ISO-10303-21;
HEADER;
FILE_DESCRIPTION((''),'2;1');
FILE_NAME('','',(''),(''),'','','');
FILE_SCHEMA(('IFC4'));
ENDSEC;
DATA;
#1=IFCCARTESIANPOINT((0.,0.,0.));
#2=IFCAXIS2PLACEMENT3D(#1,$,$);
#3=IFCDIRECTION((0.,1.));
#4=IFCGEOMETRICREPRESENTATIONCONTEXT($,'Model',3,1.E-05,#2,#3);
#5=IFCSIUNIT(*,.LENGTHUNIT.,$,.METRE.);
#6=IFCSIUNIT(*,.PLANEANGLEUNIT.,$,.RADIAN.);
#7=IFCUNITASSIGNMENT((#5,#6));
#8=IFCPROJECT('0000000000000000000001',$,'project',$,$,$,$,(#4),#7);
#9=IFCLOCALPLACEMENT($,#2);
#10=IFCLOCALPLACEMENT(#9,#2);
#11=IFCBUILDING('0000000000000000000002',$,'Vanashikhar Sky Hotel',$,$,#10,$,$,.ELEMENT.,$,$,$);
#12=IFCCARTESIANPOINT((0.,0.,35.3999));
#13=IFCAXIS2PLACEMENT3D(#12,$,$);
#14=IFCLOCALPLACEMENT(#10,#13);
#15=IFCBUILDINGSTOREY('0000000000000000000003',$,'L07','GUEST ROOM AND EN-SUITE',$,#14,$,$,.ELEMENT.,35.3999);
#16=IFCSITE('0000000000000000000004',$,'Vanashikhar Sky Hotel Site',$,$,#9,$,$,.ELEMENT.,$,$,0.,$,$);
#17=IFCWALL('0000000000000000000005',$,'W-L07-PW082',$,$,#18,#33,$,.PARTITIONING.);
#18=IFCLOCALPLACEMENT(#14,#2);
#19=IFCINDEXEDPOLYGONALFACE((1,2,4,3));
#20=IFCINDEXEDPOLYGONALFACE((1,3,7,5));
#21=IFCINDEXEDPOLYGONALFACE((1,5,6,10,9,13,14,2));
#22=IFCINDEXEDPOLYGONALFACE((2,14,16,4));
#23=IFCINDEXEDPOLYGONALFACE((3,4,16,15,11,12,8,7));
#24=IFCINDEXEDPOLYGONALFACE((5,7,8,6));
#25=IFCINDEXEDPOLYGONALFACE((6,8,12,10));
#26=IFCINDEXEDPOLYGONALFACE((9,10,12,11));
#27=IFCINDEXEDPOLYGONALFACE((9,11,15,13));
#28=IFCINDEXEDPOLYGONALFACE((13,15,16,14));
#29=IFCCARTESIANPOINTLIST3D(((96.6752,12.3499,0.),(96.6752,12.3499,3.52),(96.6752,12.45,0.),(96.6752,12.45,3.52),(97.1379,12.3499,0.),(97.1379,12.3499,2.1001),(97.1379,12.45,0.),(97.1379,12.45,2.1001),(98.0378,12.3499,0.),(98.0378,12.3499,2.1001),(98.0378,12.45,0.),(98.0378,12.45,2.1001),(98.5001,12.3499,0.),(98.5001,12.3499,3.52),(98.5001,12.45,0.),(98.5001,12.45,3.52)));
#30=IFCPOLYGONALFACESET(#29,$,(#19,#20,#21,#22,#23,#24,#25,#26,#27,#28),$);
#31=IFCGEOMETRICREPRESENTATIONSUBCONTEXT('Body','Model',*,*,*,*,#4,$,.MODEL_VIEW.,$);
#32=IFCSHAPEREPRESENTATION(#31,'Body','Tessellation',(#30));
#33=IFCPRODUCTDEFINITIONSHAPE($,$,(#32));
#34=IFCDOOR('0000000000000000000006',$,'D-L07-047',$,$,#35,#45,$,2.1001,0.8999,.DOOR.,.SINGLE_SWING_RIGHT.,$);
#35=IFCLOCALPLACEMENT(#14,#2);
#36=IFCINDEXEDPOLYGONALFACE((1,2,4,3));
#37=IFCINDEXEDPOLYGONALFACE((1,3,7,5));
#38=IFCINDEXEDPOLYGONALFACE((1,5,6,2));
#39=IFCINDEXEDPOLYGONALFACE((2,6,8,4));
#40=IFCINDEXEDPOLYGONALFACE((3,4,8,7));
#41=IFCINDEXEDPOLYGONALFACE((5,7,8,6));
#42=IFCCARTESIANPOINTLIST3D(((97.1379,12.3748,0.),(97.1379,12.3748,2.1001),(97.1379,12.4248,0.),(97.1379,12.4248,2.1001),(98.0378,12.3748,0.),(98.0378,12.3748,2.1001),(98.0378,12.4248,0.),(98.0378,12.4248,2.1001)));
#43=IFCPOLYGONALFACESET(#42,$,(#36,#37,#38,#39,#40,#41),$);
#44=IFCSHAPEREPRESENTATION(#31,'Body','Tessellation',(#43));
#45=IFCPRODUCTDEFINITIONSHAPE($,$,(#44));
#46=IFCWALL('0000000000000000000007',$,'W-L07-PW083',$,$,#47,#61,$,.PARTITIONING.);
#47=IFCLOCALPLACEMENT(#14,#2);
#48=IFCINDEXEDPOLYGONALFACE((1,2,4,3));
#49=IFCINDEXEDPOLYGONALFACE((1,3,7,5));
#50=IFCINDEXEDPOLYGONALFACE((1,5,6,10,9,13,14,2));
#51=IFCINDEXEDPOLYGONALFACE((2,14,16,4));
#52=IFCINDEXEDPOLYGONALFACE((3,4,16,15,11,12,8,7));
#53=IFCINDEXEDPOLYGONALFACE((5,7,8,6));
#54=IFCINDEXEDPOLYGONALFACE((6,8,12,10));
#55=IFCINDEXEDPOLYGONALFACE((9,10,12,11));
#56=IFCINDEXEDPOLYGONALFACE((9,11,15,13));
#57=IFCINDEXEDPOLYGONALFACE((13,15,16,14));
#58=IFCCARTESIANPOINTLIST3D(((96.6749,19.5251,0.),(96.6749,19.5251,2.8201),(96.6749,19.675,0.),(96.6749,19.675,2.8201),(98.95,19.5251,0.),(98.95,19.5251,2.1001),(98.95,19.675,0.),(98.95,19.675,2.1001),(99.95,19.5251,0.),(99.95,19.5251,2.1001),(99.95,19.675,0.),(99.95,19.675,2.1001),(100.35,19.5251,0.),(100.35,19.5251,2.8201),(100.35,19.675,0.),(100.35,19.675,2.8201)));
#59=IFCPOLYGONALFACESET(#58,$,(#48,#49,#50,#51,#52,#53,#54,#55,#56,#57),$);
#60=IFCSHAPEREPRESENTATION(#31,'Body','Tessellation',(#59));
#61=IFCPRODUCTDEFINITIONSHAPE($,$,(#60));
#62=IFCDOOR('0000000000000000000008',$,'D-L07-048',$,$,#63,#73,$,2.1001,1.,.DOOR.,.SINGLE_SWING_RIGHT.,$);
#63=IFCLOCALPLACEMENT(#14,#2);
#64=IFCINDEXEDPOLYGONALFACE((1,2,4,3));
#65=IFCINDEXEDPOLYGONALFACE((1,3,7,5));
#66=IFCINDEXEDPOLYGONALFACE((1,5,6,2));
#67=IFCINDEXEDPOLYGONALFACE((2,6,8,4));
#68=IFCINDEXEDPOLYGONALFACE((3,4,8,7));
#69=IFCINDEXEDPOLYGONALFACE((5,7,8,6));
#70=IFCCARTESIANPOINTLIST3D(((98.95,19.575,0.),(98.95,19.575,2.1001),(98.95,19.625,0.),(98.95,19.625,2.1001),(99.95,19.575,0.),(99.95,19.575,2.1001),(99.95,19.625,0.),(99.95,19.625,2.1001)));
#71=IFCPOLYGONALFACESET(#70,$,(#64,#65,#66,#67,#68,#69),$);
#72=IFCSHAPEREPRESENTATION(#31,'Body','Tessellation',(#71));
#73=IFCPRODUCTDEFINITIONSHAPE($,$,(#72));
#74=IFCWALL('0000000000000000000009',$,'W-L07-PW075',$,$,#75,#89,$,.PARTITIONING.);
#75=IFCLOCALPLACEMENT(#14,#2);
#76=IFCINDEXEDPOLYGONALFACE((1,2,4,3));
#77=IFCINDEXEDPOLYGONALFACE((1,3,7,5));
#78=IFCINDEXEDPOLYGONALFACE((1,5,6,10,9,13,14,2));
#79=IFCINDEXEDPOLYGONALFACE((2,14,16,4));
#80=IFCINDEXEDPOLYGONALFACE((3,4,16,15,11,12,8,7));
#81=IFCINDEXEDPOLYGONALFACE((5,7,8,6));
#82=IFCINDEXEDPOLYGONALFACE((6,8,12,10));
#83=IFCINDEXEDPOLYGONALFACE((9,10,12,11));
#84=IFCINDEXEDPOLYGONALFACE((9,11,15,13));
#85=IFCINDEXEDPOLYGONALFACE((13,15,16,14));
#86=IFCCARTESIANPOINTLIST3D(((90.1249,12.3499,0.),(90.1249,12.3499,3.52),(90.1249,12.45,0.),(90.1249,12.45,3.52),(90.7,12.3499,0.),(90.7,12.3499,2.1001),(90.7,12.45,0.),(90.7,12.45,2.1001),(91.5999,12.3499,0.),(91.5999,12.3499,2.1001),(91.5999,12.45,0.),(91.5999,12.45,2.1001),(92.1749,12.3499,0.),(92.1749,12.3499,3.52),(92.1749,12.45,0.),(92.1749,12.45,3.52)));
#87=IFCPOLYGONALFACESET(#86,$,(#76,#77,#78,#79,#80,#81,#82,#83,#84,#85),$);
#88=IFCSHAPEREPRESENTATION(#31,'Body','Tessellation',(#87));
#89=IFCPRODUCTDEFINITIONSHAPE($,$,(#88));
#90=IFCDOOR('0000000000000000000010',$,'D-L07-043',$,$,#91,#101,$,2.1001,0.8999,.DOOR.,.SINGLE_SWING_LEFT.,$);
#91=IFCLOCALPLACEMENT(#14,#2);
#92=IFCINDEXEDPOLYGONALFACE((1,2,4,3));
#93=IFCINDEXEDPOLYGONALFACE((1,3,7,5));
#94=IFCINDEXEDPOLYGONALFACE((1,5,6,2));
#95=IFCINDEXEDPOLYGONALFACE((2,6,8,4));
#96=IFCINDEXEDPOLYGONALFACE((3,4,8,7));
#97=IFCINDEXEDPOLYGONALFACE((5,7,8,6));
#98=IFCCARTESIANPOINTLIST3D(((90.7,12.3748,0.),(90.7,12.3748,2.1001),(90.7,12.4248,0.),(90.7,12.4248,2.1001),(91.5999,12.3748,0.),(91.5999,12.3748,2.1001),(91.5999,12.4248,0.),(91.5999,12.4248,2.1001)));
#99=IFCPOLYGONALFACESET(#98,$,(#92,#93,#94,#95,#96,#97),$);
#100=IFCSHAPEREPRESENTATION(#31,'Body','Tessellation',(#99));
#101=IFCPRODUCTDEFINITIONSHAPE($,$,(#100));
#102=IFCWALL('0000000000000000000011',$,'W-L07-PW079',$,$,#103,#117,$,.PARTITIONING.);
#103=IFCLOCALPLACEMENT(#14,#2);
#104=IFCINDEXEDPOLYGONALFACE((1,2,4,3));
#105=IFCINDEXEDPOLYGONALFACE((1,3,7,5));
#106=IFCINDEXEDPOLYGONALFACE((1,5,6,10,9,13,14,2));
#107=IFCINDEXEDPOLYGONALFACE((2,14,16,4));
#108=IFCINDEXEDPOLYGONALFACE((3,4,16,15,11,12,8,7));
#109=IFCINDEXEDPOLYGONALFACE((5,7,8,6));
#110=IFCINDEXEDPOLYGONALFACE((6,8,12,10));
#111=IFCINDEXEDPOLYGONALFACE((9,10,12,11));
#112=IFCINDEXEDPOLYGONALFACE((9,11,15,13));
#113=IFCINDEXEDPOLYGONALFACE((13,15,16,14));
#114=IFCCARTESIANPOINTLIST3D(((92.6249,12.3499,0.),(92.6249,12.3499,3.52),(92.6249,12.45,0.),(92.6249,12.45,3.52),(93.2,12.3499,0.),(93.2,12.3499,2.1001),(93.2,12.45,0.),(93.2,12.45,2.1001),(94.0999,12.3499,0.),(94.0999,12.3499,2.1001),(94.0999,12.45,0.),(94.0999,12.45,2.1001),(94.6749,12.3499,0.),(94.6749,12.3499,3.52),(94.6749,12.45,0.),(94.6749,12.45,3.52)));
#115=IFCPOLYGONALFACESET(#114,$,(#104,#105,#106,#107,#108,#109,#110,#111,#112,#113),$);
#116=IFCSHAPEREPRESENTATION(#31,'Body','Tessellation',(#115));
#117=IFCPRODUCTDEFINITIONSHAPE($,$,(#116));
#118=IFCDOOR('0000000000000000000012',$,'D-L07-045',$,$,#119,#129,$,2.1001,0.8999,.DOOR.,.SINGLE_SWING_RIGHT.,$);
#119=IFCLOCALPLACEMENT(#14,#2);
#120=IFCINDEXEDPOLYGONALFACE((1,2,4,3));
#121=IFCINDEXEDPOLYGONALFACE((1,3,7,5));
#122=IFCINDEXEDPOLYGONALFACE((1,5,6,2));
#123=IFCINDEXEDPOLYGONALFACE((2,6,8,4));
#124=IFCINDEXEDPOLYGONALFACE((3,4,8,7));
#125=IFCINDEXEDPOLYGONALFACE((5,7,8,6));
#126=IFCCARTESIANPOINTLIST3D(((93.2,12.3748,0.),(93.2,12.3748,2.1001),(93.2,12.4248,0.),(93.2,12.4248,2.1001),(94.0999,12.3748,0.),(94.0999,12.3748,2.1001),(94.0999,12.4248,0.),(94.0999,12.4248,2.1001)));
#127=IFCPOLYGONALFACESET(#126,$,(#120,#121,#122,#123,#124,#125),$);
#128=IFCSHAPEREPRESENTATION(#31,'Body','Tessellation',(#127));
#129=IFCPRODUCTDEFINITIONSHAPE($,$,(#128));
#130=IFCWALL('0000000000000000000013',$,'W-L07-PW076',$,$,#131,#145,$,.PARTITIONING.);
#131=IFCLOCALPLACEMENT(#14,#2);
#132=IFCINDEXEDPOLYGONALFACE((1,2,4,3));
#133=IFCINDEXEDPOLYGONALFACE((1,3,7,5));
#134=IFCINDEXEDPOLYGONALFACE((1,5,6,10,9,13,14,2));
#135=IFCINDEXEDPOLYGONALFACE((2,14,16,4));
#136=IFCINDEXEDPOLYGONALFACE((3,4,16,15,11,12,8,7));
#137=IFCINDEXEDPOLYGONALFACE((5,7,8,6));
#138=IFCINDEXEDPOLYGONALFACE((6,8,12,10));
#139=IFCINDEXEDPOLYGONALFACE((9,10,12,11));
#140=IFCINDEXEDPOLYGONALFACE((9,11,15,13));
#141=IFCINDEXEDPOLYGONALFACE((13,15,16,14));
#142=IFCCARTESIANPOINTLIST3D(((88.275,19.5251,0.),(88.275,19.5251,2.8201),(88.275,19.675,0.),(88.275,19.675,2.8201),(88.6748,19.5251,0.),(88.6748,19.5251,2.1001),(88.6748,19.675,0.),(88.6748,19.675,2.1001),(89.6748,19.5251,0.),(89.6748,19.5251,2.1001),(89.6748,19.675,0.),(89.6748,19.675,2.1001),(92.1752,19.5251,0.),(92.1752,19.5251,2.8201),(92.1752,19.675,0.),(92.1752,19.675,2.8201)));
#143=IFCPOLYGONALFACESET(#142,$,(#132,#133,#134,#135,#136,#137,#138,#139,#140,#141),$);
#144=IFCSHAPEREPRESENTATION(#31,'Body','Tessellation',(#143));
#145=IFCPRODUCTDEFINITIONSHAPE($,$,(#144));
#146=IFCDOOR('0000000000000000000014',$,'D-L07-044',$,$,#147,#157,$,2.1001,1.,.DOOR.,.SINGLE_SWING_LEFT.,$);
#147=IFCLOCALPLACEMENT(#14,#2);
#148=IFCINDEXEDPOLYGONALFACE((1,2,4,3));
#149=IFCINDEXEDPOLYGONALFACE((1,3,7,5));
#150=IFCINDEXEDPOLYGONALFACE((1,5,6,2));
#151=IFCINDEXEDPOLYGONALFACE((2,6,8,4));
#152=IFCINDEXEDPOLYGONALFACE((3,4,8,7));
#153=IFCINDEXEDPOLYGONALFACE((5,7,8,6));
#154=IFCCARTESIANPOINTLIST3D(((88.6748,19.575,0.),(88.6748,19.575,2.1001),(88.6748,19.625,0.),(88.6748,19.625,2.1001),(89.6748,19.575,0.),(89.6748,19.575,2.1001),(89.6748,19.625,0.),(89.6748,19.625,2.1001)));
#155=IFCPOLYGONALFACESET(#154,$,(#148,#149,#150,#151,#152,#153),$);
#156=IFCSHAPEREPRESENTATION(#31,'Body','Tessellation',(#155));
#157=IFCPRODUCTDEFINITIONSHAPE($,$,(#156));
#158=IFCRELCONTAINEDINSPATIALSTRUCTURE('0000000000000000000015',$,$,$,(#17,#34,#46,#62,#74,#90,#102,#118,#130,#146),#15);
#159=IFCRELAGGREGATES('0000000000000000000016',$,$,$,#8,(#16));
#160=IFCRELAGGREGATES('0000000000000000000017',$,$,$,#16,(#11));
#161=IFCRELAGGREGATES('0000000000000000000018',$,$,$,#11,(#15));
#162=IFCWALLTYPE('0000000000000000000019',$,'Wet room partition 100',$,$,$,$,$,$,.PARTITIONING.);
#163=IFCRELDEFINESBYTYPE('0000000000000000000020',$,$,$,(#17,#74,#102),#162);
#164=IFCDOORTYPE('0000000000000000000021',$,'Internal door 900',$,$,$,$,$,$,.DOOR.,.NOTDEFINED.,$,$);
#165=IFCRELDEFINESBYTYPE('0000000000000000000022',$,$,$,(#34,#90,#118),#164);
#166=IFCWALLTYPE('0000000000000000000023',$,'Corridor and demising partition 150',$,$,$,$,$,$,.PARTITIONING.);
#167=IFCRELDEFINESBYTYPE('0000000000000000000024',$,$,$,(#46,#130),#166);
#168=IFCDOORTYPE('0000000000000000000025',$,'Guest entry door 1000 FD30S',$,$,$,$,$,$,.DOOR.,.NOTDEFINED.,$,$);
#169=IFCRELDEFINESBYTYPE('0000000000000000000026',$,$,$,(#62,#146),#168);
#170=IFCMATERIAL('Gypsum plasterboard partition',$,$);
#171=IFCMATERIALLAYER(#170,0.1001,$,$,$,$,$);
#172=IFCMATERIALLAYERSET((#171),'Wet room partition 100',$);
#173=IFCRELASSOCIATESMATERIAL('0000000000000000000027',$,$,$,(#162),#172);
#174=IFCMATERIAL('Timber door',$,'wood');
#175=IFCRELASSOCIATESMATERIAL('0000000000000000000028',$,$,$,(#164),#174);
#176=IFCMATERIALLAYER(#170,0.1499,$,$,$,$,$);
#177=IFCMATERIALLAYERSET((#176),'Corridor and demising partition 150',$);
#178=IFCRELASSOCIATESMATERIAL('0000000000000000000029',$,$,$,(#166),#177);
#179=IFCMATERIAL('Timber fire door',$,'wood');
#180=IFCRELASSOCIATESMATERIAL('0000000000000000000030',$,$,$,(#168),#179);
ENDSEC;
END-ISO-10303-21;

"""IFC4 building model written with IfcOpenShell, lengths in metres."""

from ifc_helpers import new_model, si_unit, direction, frame, frame_2d, origin, place, context, subcontext, project, spatial, rectangle, extrude, source, transform, mapped, material, layer, layer_set, type_object, element, fill, save


model = new_model("IFC4")

# Units and contexts
model_context = context("Model", 3, precision=1e-05, world=origin(), true_north=direction((0.0, 1.0)))
body_context = subcontext(model_context, "Body", "Model", "MODEL_VIEW")
ifc_project = project(units=[si_unit("LENGTHUNIT", "METRE"), si_unit("PLANEANGLEUNIT", "RADIAN")], contexts=[model_context])

# Site, building, storey
site_placement = place(None, origin())
site = spatial("IfcSite", under=ifc_project, at=site_placement, Name="Vanashikhar Sky Hotel Site", CompositionType="ELEMENT", RefElevation=0.0)
building_placement = place(site_placement, origin())
building = spatial("IfcBuilding", under=site, at=building_placement, Name="Vanashikhar Sky Hotel", CompositionType="ELEMENT")
storey_placement = place(building_placement, frame((0.0, 0.0, 35.3999)))
storey = spatial("IfcBuildingStorey", under=building, at=storey_placement, Name="L07", Description="GUEST ROOM AND EN-SUITE", CompositionType="ELEMENT", Elevation=35.3999)

# Shared definitions
ifc_material_1 = material(Name="Gypsum plasterboard partition")
ifc_layer_1 = layer(ifc_material_1, 0.1001)
ifc_layer_set_1 = layer_set([ifc_layer_1], Name="Wet room partition 100")
wall_type_1 = type_object("IfcWallType", Name="Wet room partition 100", PredefinedType="PARTITIONING", material=ifc_layer_set_1)

# Walls, openings, doors
shared_shape_1 = source(origin(), body_context, "Body", "SweptSolid", [
    extrude(rectangle(XDim=1.825, YDim=0.1001, at=frame_2d((0.9126, 0.0))), origin(), (0.0, 0.0, 1.0), 3.52),
])
wall_1_placement = place(storey_placement, frame((96.675, 12.3999, 0.0), z_axis=(0.0, 0.0, 1.0), x_axis=(1.0, 0.0, 0.0)))
wall_1 = element("IfcWall", 1, at=wall_1_placement, inside=storey, type_object=wall_type_1, Name="W-L07-PW082", PredefinedType="PARTITIONING", context=body_context, shape_type="MappedRepresentation", body=[
    mapped(shared_shape_1, transform((0.0, 0.0, 0.0), scale=1.0)),
])
shared_shape_2 = source(origin(), body_context, "Body", "SweptSolid", [
    extrude(rectangle(XDim=0.8999, YDim=2.1001, at=frame_2d((0.45, 1.05))), frame((0.0, 0.0601, 0.0), z_axis=(0.0, -1.0, 0.0), x_axis=(1.0, 0.0, 0.0)), (0.0, 0.0, 1.0), 0.1201),
])
opening_1_placement = place(wall_1_placement, frame((0.4629, 0.0, 0.0)))
opening_1 = element("IfcOpeningElement", 2, at=opening_1_placement, cuts=wall_1, PredefinedType="OPENING", context=body_context, shape_type="MappedRepresentation", body=[
    mapped(shared_shape_2, transform((0.0, 0.0, 0.0), scale=1.0)),
])
ifc_material_2 = material(Name="Timber door", Category="wood")
door_type_1 = type_object("IfcDoorType", Name="Internal door 900", OperationType="NOTDEFINED", PredefinedType="DOOR", material=ifc_material_2)
shared_shape_3 = source(origin(), body_context, "Body", "SweptSolid", [
    extrude(rectangle(XDim=0.8999, YDim=2.1001, at=frame_2d((0.45, 1.05))), frame((0.0, 0.0249, 0.0), z_axis=(0.0, -1.0, 0.0), x_axis=(1.0, 0.0, 0.0)), (0.0, 0.0, 1.0), 0.05),
])
door_1_placement = place(opening_1_placement, origin())
door_1 = element("IfcDoor", 3, at=door_1_placement, inside=storey, type_object=door_type_1, Name="D-L07-047", OperationType="SINGLE_SWING_RIGHT", OverallHeight=2.1001, OverallWidth=0.8999, PredefinedType="DOOR", context=body_context, shape_type="MappedRepresentation", body=[
    mapped(shared_shape_3, transform((0.0, 0.0, 0.0), scale=1.0)),
])
fill(opening_1, door_1)
ifc_layer_2 = layer(ifc_material_1, 0.1499)
ifc_layer_set_2 = layer_set([ifc_layer_2], Name="Corridor and demising partition 150")
wall_type_2 = type_object("IfcWallType", Name="Corridor and demising partition 150", PredefinedType="PARTITIONING", material=ifc_layer_set_2)
shared_shape_4 = source(origin(), body_context, "Body", "SweptSolid", [
    extrude(rectangle(XDim=3.675, YDim=0.1499, at=frame_2d((1.8374, 0.0))), origin(), (0.0, 0.0, 1.0), 2.8201),
])
wall_2_placement = place(storey_placement, frame((96.675, 19.6001, 0.0), z_axis=(0.0, 0.0, 1.0), x_axis=(1.0, 0.0, 0.0)))
wall_2 = element("IfcWall", 4, at=wall_2_placement, inside=storey, type_object=wall_type_2, Name="W-L07-PW083", PredefinedType="PARTITIONING", context=body_context, shape_type="MappedRepresentation", body=[
    mapped(shared_shape_4, transform((0.0, 0.0, 0.0), scale=1.0)),
])
shared_shape_5 = source(origin(), body_context, "Body", "SweptSolid", [
    extrude(rectangle(XDim=1.0, YDim=2.1001, at=frame_2d((0.5, 1.05))), frame((0.0, 0.085, 0.0), z_axis=(0.0, -1.0, 0.0), x_axis=(1.0, 0.0, 0.0)), (0.0, 0.0, 1.0), 0.1699),
])
opening_2_placement = place(wall_2_placement, frame((2.2749, 0.0, 0.0)))
opening_2 = element("IfcOpeningElement", 5, at=opening_2_placement, cuts=wall_2, PredefinedType="OPENING", context=body_context, shape_type="MappedRepresentation", body=[
    mapped(shared_shape_5, transform((0.0, 0.0, 0.0), scale=1.0)),
])
ifc_material_3 = material(Name="Timber fire door", Category="wood")
door_type_2 = type_object("IfcDoorType", Name="Guest entry door 1000 FD30S", OperationType="NOTDEFINED", PredefinedType="DOOR", material=ifc_material_3)
shared_shape_6 = source(origin(), body_context, "Body", "SweptSolid", [
    extrude(rectangle(XDim=1.0, YDim=2.1001, at=frame_2d((0.5, 1.05))), frame((0.0, 0.0249, 0.0), z_axis=(0.0, -1.0, 0.0), x_axis=(1.0, 0.0, 0.0)), (0.0, 0.0, 1.0), 0.05),
])
door_2_placement = place(opening_2_placement, origin())
door_2 = element("IfcDoor", 6, at=door_2_placement, inside=storey, type_object=door_type_2, Name="D-L07-048", OperationType="SINGLE_SWING_RIGHT", OverallHeight=2.1001, OverallWidth=1.0, PredefinedType="DOOR", context=body_context, shape_type="MappedRepresentation", body=[
    mapped(shared_shape_6, transform((0.0, 0.0, 0.0), scale=1.0)),
])
fill(opening_2, door_2)
shared_shape_7 = source(origin(), body_context, "Body", "SweptSolid", [
    extrude(rectangle(XDim=2.05, YDim=0.1001, at=frame_2d((1.0249, 0.0))), origin(), (0.0, 0.0, 1.0), 3.52),
])
wall_3_placement = place(storey_placement, frame((90.125, 12.3999, 0.0), z_axis=(0.0, 0.0, 1.0), x_axis=(1.0, 0.0, 0.0)))
wall_3 = element("IfcWall", 7, at=wall_3_placement, inside=storey, type_object=wall_type_1, Name="W-L07-PW075", PredefinedType="PARTITIONING", context=body_context, shape_type="MappedRepresentation", body=[
    mapped(shared_shape_7, transform((0.0, 0.0, 0.0), scale=1.0)),
])
opening_3_placement = place(wall_3_placement, frame((0.575, 0.0, 0.0)))
opening_3 = element("IfcOpeningElement", 8, at=opening_3_placement, cuts=wall_3, PredefinedType="OPENING", context=body_context, shape_type="MappedRepresentation", body=[
    mapped(shared_shape_2, transform((0.0, 0.0, 0.0), scale=1.0)),
])
door_3_placement = place(opening_3_placement, origin())
door_3 = element("IfcDoor", 9, at=door_3_placement, inside=storey, type_object=door_type_1, Name="D-L07-043", OperationType="SINGLE_SWING_LEFT", OverallHeight=2.1001, OverallWidth=0.8999, PredefinedType="DOOR", context=body_context, shape_type="MappedRepresentation", body=[
    mapped(shared_shape_3, transform((0.0, 0.0, 0.0), scale=1.0)),
])
fill(opening_3, door_3)
wall_4_placement = place(storey_placement, frame((92.625, 12.3999, 0.0), z_axis=(0.0, 0.0, 1.0), x_axis=(1.0, 0.0, 0.0)))
wall_4 = element("IfcWall", 10, at=wall_4_placement, inside=storey, type_object=wall_type_1, Name="W-L07-PW079", PredefinedType="PARTITIONING", context=body_context, shape_type="MappedRepresentation", body=[
    mapped(shared_shape_7, transform((0.0, 0.0, 0.0), scale=1.0)),
])
opening_4_placement = place(wall_4_placement, frame((0.575, 0.0, 0.0)))
opening_4 = element("IfcOpeningElement", 11, at=opening_4_placement, cuts=wall_4, PredefinedType="OPENING", context=body_context, shape_type="MappedRepresentation", body=[
    mapped(shared_shape_2, transform((0.0, 0.0, 0.0), scale=1.0)),
])
door_4_placement = place(opening_4_placement, origin())
door_4 = element("IfcDoor", 12, at=door_4_placement, inside=storey, type_object=door_type_1, Name="D-L07-045", OperationType="SINGLE_SWING_RIGHT", OverallHeight=2.1001, OverallWidth=0.8999, PredefinedType="DOOR", context=body_context, shape_type="MappedRepresentation", body=[
    mapped(shared_shape_3, transform((0.0, 0.0, 0.0), scale=1.0)),
])
fill(opening_4, door_4)
shared_shape_8 = source(origin(), body_context, "Body", "SweptSolid", [
    extrude(rectangle(XDim=3.9001, YDim=0.1499, at=frame_2d((1.9502, 0.0))), origin(), (0.0, 0.0, 1.0), 2.8201),
])
wall_5_placement = place(storey_placement, frame((88.2749, 19.6001, 0.0), z_axis=(0.0, 0.0, 1.0), x_axis=(1.0, 0.0, 0.0)))
wall_5 = element("IfcWall", 13, at=wall_5_placement, inside=storey, type_object=wall_type_2, Name="W-L07-PW076", PredefinedType="PARTITIONING", context=body_context, shape_type="MappedRepresentation", body=[
    mapped(shared_shape_8, transform((0.0, 0.0, 0.0), scale=1.0)),
])
opening_5_placement = place(wall_5_placement, frame((0.3999, 0.0, 0.0)))
opening_5 = element("IfcOpeningElement", 14, at=opening_5_placement, cuts=wall_5, PredefinedType="OPENING", context=body_context, shape_type="MappedRepresentation", body=[
    mapped(shared_shape_5, transform((0.0, 0.0, 0.0), scale=1.0)),
])
door_5_placement = place(opening_5_placement, origin())
door_5 = element("IfcDoor", 15, at=door_5_placement, inside=storey, type_object=door_type_2, Name="D-L07-044", OperationType="SINGLE_SWING_LEFT", OverallHeight=2.1001, OverallWidth=1.0, PredefinedType="DOOR", context=body_context, shape_type="MappedRepresentation", body=[
    mapped(shared_shape_6, transform((0.0, 0.0, 0.0), scale=1.0)),
])
fill(opening_5, door_5)

save(model, "model.ifc")
